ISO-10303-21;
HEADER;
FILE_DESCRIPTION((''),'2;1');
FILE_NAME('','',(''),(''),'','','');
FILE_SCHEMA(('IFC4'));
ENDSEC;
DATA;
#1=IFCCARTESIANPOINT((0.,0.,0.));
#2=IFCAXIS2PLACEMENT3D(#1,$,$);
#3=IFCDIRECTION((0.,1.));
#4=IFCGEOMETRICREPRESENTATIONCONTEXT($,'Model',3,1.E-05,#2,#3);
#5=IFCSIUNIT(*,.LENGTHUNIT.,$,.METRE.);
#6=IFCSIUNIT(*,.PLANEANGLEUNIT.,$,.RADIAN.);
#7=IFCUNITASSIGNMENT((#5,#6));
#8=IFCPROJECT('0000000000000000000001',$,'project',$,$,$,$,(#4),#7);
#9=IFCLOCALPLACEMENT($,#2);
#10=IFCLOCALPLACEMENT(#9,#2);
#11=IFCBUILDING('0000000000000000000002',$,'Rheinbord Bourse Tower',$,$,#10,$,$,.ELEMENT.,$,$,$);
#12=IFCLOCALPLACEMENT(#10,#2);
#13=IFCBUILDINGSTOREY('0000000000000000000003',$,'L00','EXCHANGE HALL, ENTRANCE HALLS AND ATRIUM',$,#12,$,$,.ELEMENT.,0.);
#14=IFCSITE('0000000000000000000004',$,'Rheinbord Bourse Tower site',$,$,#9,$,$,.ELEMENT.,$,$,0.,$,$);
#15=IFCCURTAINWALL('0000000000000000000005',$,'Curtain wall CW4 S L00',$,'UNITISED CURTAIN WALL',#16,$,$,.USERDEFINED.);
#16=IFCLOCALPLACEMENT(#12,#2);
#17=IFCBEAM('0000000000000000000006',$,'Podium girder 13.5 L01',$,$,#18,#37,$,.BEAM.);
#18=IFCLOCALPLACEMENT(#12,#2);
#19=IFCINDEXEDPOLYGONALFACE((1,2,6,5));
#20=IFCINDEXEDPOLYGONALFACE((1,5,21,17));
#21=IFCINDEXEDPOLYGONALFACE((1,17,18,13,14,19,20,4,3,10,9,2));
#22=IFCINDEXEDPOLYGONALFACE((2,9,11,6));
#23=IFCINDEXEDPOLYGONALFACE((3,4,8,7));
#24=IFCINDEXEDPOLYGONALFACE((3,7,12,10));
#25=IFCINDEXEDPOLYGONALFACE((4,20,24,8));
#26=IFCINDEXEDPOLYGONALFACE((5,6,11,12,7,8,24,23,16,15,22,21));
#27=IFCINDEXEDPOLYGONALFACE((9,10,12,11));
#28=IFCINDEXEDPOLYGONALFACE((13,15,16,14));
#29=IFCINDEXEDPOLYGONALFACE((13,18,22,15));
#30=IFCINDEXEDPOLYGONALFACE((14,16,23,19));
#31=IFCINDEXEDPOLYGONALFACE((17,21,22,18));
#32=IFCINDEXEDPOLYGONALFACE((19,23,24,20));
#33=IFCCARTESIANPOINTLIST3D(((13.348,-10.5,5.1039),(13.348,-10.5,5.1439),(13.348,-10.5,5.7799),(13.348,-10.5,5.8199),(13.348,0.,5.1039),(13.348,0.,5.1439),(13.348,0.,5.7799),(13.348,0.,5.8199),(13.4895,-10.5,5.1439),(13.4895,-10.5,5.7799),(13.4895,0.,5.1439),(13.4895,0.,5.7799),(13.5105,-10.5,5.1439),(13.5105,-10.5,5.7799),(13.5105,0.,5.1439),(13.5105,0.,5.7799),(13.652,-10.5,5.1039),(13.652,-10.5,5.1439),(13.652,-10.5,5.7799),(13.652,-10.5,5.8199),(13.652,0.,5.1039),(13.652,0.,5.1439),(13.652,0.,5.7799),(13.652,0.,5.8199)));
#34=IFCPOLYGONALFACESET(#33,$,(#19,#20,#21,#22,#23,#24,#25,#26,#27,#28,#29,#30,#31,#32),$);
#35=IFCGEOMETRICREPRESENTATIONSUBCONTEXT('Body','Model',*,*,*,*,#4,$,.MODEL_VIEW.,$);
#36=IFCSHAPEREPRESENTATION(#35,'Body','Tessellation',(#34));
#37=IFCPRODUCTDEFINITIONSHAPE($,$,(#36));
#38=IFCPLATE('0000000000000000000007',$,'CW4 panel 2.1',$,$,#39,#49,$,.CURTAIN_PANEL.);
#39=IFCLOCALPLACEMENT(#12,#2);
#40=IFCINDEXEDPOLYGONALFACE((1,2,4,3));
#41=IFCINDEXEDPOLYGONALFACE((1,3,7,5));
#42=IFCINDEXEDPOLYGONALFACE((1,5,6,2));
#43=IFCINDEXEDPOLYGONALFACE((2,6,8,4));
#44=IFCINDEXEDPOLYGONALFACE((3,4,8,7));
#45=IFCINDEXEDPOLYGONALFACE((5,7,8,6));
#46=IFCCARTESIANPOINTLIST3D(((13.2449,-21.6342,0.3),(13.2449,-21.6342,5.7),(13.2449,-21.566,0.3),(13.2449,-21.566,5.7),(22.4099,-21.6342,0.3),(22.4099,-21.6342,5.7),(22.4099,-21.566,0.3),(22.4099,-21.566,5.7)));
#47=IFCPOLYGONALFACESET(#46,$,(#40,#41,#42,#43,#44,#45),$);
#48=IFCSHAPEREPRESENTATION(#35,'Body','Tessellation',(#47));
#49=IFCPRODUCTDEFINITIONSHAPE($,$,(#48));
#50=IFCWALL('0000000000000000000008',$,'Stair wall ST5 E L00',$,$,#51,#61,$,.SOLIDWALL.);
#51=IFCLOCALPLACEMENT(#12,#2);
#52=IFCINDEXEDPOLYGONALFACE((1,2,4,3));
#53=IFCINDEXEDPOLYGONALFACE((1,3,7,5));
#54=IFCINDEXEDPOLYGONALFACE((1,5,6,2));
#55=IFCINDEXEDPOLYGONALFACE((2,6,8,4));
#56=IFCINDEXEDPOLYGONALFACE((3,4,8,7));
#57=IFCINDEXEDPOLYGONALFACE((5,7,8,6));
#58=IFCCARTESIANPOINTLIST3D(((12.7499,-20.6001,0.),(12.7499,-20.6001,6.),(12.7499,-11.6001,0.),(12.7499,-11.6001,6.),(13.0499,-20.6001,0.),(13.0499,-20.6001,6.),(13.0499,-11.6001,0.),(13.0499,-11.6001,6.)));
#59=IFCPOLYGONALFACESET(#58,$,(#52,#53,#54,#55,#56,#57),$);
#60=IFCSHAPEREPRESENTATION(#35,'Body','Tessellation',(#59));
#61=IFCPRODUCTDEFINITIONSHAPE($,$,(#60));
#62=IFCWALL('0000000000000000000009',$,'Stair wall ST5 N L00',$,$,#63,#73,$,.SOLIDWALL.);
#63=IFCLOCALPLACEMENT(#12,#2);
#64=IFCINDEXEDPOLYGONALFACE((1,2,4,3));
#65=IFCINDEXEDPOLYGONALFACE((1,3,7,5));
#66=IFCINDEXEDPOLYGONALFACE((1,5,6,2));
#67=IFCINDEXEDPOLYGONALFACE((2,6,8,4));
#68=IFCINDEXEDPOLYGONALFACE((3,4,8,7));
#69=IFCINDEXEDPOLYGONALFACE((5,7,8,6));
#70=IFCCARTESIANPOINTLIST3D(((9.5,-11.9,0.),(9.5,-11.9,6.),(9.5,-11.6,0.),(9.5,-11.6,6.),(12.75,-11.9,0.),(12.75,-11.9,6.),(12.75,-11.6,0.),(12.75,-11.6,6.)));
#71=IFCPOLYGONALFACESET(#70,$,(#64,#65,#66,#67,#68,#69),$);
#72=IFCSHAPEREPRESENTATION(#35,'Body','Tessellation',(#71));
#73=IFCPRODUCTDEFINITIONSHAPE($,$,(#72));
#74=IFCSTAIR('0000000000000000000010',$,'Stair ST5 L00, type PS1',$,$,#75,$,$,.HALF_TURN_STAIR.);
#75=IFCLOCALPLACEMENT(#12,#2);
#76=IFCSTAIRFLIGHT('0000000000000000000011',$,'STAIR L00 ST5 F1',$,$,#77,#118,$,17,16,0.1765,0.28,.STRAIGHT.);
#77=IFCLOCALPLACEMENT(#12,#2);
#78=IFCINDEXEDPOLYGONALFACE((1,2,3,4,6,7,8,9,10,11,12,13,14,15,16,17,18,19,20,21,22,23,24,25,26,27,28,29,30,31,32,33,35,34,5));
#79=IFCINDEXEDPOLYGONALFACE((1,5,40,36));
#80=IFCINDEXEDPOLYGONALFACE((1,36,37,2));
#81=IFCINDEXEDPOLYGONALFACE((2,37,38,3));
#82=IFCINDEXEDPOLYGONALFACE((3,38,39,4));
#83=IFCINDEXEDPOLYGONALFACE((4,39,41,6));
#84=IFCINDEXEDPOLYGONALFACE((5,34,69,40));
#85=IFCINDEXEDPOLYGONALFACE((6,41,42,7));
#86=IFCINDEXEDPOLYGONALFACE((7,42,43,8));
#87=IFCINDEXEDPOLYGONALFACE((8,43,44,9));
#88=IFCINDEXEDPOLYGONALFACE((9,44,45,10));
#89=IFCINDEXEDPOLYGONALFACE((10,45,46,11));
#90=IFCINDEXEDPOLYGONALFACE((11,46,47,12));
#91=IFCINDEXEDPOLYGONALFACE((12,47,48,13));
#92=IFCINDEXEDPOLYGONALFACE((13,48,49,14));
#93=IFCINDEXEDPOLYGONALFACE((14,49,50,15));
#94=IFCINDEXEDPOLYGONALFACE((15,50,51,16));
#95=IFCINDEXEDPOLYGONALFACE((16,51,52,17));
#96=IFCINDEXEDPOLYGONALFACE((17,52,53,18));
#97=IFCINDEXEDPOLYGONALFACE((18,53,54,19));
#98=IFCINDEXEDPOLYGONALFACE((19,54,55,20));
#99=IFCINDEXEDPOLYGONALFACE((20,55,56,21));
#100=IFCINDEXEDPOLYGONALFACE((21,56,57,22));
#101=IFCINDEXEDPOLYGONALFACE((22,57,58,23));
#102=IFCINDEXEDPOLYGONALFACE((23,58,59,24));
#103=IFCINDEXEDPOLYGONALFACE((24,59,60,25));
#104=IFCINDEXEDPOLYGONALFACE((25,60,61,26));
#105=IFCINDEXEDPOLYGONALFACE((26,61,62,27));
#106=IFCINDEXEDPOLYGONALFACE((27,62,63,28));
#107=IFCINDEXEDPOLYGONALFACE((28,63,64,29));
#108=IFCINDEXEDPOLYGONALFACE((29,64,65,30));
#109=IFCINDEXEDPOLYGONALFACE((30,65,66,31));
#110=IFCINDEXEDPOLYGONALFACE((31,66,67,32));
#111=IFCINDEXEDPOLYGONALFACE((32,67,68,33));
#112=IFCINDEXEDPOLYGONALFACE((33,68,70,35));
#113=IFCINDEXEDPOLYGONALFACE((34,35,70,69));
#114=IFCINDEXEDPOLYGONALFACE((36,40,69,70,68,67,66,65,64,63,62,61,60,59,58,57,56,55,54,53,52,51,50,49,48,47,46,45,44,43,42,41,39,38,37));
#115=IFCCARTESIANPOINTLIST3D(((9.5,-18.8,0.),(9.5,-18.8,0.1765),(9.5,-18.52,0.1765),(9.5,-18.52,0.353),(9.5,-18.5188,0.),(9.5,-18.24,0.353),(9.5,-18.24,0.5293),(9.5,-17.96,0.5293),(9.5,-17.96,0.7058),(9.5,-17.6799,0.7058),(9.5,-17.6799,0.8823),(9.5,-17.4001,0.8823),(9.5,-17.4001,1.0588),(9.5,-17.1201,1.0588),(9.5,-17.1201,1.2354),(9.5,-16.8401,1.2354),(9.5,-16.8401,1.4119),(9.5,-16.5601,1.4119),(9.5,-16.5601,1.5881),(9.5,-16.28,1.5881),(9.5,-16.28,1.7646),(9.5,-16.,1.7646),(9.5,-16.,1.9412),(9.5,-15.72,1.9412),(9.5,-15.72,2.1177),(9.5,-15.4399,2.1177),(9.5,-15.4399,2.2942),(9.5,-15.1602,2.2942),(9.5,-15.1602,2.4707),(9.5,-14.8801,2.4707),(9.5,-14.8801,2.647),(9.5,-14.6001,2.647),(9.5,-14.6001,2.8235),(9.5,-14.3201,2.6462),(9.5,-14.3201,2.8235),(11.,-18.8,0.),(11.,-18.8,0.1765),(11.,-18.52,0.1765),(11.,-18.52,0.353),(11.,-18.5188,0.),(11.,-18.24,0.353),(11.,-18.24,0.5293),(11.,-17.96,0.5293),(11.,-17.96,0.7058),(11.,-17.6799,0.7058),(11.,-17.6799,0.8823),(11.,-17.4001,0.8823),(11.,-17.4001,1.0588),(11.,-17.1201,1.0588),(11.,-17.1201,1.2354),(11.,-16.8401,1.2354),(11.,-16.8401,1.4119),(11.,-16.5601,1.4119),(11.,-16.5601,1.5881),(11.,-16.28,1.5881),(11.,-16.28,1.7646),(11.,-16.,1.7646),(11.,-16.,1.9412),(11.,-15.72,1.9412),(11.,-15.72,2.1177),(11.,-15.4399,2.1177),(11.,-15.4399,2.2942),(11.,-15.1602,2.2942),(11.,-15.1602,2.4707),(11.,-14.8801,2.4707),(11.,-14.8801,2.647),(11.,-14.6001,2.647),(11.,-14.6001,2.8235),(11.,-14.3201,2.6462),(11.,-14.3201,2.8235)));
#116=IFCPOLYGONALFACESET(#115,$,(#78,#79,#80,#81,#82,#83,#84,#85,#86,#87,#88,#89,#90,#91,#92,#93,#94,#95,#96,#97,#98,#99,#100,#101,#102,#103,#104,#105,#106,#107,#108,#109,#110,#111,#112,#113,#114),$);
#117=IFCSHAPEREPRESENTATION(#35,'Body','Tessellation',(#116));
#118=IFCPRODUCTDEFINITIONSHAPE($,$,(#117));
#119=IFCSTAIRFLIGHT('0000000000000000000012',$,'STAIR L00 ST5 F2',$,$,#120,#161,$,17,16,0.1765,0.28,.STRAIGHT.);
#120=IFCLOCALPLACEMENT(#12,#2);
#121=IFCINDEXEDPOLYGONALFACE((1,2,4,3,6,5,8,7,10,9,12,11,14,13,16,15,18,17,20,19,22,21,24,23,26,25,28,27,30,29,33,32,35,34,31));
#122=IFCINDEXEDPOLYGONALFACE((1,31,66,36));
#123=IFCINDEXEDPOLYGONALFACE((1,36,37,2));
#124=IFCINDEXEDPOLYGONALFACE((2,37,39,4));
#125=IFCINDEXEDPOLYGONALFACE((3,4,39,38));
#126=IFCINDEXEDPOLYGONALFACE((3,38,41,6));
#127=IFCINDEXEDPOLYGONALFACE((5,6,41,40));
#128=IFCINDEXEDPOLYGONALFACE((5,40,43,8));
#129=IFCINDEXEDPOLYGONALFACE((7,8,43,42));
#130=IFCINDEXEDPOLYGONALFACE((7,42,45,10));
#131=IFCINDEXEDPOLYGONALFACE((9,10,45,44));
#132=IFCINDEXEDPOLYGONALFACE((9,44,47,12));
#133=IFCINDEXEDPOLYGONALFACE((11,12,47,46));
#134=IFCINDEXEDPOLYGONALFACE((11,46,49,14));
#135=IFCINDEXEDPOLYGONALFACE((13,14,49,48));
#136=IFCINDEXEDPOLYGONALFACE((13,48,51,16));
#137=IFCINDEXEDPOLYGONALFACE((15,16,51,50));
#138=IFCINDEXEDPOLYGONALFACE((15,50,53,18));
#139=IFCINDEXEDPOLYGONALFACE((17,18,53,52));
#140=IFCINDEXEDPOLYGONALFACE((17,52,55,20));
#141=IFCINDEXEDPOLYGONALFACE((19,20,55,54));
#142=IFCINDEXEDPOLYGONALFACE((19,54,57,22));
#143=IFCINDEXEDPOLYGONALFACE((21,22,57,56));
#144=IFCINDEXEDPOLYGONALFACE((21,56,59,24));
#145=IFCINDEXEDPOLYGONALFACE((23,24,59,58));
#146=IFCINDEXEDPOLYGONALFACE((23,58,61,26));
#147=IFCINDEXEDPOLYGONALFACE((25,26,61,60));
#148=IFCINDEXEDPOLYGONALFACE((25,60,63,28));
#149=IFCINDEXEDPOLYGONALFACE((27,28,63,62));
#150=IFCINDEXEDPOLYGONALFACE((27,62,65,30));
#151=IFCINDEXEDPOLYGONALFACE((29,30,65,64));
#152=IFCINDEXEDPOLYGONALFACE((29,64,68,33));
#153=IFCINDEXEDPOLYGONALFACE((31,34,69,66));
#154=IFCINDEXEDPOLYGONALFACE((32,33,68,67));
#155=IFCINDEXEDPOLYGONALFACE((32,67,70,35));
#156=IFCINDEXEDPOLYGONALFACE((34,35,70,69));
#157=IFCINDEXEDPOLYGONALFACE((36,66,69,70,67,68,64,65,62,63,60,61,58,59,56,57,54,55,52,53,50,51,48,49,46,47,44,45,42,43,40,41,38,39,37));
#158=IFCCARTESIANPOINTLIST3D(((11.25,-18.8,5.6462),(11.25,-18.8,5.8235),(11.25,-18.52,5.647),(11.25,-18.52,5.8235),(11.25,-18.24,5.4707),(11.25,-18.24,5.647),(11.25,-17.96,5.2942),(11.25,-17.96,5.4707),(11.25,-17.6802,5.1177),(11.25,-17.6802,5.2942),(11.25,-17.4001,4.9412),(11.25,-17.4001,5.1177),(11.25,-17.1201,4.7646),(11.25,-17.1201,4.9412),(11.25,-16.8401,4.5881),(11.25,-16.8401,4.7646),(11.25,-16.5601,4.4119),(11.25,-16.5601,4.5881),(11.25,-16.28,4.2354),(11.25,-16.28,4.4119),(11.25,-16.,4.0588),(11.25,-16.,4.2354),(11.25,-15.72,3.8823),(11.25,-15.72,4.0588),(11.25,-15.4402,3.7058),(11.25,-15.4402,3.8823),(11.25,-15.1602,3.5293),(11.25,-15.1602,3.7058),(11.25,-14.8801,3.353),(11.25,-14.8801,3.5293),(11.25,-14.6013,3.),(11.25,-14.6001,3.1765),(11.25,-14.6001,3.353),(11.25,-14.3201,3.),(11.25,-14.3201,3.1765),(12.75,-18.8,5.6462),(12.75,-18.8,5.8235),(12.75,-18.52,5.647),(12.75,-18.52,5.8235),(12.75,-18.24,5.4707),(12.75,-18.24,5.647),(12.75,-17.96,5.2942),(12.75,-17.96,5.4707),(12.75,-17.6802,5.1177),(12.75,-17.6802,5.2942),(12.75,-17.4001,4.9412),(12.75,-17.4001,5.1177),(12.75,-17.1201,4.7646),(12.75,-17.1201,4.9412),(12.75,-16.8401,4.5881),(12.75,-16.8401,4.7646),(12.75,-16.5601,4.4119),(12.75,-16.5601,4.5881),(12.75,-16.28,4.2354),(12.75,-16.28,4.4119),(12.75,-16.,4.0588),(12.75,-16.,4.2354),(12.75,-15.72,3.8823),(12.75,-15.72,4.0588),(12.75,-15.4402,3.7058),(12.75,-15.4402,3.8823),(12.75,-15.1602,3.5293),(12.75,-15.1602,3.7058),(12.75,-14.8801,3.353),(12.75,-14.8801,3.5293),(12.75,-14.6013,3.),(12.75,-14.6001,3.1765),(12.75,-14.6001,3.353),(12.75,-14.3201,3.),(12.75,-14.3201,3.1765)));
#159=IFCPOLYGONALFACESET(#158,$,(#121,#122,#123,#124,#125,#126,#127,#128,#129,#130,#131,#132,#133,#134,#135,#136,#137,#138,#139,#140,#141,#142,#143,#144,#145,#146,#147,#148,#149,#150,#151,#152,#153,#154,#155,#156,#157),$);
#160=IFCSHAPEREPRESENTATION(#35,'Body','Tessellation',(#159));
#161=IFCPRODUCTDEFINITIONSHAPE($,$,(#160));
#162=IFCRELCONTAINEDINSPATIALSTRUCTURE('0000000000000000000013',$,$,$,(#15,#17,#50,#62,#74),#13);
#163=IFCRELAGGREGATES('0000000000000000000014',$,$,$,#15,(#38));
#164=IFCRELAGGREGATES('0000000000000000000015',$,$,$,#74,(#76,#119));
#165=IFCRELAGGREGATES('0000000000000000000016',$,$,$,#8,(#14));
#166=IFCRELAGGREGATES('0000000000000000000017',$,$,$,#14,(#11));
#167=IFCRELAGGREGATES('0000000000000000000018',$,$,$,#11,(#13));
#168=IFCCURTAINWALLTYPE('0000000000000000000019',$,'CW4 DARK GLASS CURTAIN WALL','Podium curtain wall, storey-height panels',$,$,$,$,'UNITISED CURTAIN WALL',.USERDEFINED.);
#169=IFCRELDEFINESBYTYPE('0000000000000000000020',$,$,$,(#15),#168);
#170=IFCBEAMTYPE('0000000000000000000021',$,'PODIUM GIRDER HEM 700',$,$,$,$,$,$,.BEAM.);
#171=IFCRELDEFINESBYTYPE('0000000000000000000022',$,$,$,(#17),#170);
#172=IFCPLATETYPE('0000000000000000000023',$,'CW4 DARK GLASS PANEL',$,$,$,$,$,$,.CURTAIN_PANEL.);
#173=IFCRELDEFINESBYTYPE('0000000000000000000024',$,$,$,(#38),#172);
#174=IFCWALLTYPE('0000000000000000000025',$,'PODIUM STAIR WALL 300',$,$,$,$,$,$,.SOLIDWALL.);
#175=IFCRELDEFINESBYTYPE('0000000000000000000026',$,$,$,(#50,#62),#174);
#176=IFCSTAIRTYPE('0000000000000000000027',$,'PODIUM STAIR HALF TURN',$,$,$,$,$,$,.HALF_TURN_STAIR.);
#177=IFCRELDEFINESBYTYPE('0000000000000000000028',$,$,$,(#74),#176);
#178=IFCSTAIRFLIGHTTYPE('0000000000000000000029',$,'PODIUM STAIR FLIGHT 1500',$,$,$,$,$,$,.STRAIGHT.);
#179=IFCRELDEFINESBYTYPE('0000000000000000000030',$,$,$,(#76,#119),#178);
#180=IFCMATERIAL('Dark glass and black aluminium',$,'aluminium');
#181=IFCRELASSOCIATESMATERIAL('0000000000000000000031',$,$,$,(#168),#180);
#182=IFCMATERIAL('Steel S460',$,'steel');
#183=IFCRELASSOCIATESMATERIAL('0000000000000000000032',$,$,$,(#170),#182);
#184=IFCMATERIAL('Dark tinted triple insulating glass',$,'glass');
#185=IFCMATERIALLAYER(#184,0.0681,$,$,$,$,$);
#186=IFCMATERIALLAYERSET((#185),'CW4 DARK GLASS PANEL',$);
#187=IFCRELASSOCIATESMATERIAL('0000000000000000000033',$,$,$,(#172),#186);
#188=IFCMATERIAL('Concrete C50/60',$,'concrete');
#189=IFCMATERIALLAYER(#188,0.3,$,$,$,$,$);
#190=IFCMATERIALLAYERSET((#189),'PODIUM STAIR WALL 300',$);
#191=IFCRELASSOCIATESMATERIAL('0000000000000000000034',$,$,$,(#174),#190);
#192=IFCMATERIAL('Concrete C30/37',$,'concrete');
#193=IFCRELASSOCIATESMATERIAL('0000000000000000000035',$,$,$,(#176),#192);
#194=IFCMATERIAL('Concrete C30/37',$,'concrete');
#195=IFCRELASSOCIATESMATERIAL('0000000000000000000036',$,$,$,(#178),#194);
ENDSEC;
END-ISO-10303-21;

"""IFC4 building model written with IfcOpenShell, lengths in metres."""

from ifc_helpers import new_model, si_unit, direction, frame, frame_2d, origin, origin_2d, place, context, subcontext, project, spatial, polyline, rectangle, i_section, outline, extrude, material, layer, layer_set, material_profile, profile_set, type_object, element, aggregate, save


model = new_model("IFC4")

# Units and contexts
model_context = context("Model", 3, precision=1e-05, world=origin(), true_north=direction((0.0, 1.0)))
body_context = subcontext(model_context, "Body", "Model", "MODEL_VIEW")
ifc_project = project(units=[si_unit("LENGTHUNIT", "METRE"), si_unit("PLANEANGLEUNIT", "RADIAN")], contexts=[model_context])

# Site, building, storey
site_placement = place(None, origin())
site = spatial("IfcSite", under=ifc_project, at=site_placement, Name="Rheinbord Bourse Tower site", CompositionType="ELEMENT", RefElevation=0.0)
building_placement = place(site_placement, origin())
building = spatial("IfcBuilding", under=site, at=building_placement, Name="Rheinbord Bourse Tower", CompositionType="ELEMENT")
storey_placement = place(building_placement, origin())
storey = spatial("IfcBuildingStorey", under=building, at=storey_placement, Name="L00", Description="EXCHANGE HALL, ENTRANCE HALLS AND ATRIUM", CompositionType="ELEMENT", Elevation=0.0)

# Curtain wall
ifc_material_1 = material(Name="Dark glass and black aluminium", Category="aluminium")
curtain_wall_type = type_object("IfcCurtainWallType", Name="CW4 DARK GLASS CURTAIN WALL", Description="Podium curtain wall, storey-height panels", ElementType="UNITISED CURTAIN WALL", PredefinedType="USERDEFINED", material=ifc_material_1)
curtain_wall_placement = place(storey_placement, origin())
curtain_wall = element("IfcCurtainWall", 1, at=curtain_wall_placement, inside=storey, type_object=curtain_wall_type, Name="Curtain wall CW4 S L00", ObjectType="UNITISED CURTAIN WALL", PredefinedType="USERDEFINED")

# Beam
ifc_material_2 = material(Name="Steel S460", Category="steel")
ifc_material_profile_1 = material_profile(ifc_material_2, i_section(OverallWidth=0.304, OverallDepth=0.7161, WebThickness=0.021, FlangeThickness=0.04, at=origin_2d()), Name="HEM 700")
ifc_profile_set_1 = profile_set([ifc_material_profile_1], Name="Steel S460")
beam_type_1 = type_object("IfcBeamType", Name="PODIUM GIRDER HEM 700", PredefinedType="BEAM", material=ifc_profile_set_1)
for number, where, z_axis, x_axis, name in (
    (2, (13.5, -10.5, 5.4619), (0.0, 1.0, 0.0), (-1.0, 0.0, 0.0), "Podium girder 13.5 L01"),
):
    element("IfcBeam", number, at=place(storey_placement, frame(where, z_axis=z_axis, x_axis=x_axis)), inside=storey, type_object=beam_type_1, Name=name, PredefinedType="BEAM", context=body_context, shape_type="SweptSolid", body=[
        extrude(i_section(OverallWidth=0.304, OverallDepth=0.7161, WebThickness=0.021, FlangeThickness=0.04, at=origin_2d()), origin(), (0.0, 0.0, 1.0), 10.5),
    ])

# Plate
ifc_material_3 = material(Name="Dark tinted triple insulating glass", Category="glass")
ifc_layer_1 = layer(ifc_material_3, 0.0681)
ifc_layer_set_1 = layer_set([ifc_layer_1], Name="CW4 DARK GLASS PANEL")
plate_type = type_object("IfcPlateType", Name="CW4 DARK GLASS PANEL", PredefinedType="CURTAIN_PANEL", material=ifc_layer_set_1)
plate_placement = place(storey_placement, frame((17.8274, -21.6001, 0.3), z_axis=(0.0, 0.0, 1.0), x_axis=(1.0, 0.0, 0.0)))
plate = element("IfcPlate", 3, at=plate_placement, type_object=plate_type, Name="CW4 panel 2.1", PredefinedType="CURTAIN_PANEL", context=body_context, shape_type="SweptSolid", body=[
    extrude(rectangle(XDim=9.165, YDim=0.0681, at=origin_2d()), origin(), (0.0, 0.0, 1.0), 5.3999),
])
aggregate(curtain_wall, [plate])

# Walls
ifc_material_4 = material(Name="Concrete C50/60", Category="concrete")
ifc_layer_2 = layer(ifc_material_4, 0.3)
ifc_layer_set_2 = layer_set([ifc_layer_2], Name="PODIUM STAIR WALL 300")
wall_type = type_object("IfcWallType", Name="PODIUM STAIR WALL 300", PredefinedType="SOLIDWALL", material=ifc_layer_set_2)
wall_1_placement = place(storey_placement, frame((12.8999, -20.6001, 0.0), z_axis=(0.0, 0.0, 1.0), x_axis=(0.0, 1.0, 0.0)))
element("IfcWall", 4, at=wall_1_placement, inside=storey, type_object=wall_type, Name="Stair wall ST5 E L00", PredefinedType="SOLIDWALL", context=body_context, shape_type="SweptSolid", body=[
    extrude(rectangle(XDim=9.0, YDim=0.3, at=frame_2d((4.5, 0.0))), origin(), (0.0, 0.0, 1.0), 6.0),
])
wall_2_placement = place(storey_placement, frame((9.5, -11.75, 0.0), z_axis=(0.0, 0.0, 1.0), x_axis=(1.0, 0.0, 0.0)))
element("IfcWall", 5, at=wall_2_placement, inside=storey, type_object=wall_type, Name="Stair wall ST5 N L00", PredefinedType="SOLIDWALL", context=body_context, shape_type="SweptSolid", body=[
    extrude(rectangle(XDim=3.25, YDim=0.3, at=frame_2d((1.625, 0.0))), origin(), (0.0, 0.0, 1.0), 6.0),
])

# Stair, stair flights
ifc_material_5 = material(Name="Concrete C30/37", Category="concrete")
stair_type = type_object("IfcStairType", Name="PODIUM STAIR HALF TURN", PredefinedType="HALF_TURN_STAIR", material=ifc_material_5)
stair_placement = place(storey_placement, origin())
stair = element("IfcStair", 6, at=stair_placement, inside=storey, type_object=stair_type, Name="Stair ST5 L00, type PS1", PredefinedType="HALF_TURN_STAIR")
ifc_material_6 = material(Name="Concrete C30/37", Category="concrete")
stair_flight_type = type_object("IfcStairFlightType", Name="PODIUM STAIR FLIGHT 1500", PredefinedType="STRAIGHT", material=ifc_material_6)
stair_flight_1_placement = place(storey_placement, frame((10.25, -18.8, 0.0), z_axis=(0.0, 0.0, 1.0), x_axis=(0.0, 1.0, 0.0)))
stair_flight_1 = element("IfcStairFlight", 7, at=stair_flight_1_placement, type_object=stair_flight_type, Name="STAIR L00 ST5 F1", NumberOfRisers=17, NumberOfTreads=16, PredefinedType="STRAIGHT", RiserHeight=0.1765, TreadLength=0.28, context=body_context, shape_type="SweptSolid", body=[
    extrude(outline(polyline([(0.0, 0.0), (0.0, 0.1765), (0.28, 0.1765), (0.28, 0.353), (0.5601, 0.353), (0.5601, 0.5293), (0.8401, 0.5293), (0.8401, 0.7058), (1.1201, 0.7058), (1.1201, 0.8823), (1.3999, 0.8823), (1.3999, 1.0588), (1.6799, 1.0588), (1.6799, 1.2354), (1.96, 1.2354), (1.96, 1.4119), (2.24, 1.4119), (2.24, 1.5881), (2.52, 1.5881), (2.52, 1.7646), (2.8, 1.7646), (2.8, 1.9412), (3.0801, 1.9412), (3.0801, 2.1177), (3.3601, 2.1177), (3.3601, 2.2942), (3.6399, 2.2942), (3.6399, 2.4707), (3.9199, 2.4707), (3.9199, 2.647), (4.2, 2.647), (4.2, 2.8235), (4.48, 2.8235), (4.48, 3.0), (4.48, 2.6462), (0.2812, 0.0), (0.0, 0.0)])), frame((0.0, 0.75, 0.0), z_axis=(0.0, -1.0, 0.0), x_axis=(1.0, 0.0, 0.0)), (0.0, 0.0, 1.0), 1.5),
])
stair_flight_2_placement = place(storey_placement, frame((12.0, -14.3201, 3.0), z_axis=(0.0, 0.0, 1.0), x_axis=(0.0, -1.0, 0.0)))
stair_flight_2 = element("IfcStairFlight", 8, at=stair_flight_2_placement, type_object=stair_flight_type, Name="STAIR L00 ST5 F2", NumberOfRisers=17, NumberOfTreads=16, PredefinedType="STRAIGHT", RiserHeight=0.1765, TreadLength=0.28, context=body_context, shape_type="SweptSolid", body=[
    extrude(outline(polyline([(0.0, 0.0), (0.0, 0.1765), (0.28, 0.1765), (0.28, 0.353), (0.5601, 0.353), (0.5601, 0.5293), (0.8401, 0.5293), (0.8401, 0.7058), (1.1201, 0.7058), (1.1201, 0.8823), (1.3999, 0.8823), (1.3999, 1.0588), (1.6799, 1.0588), (1.6799, 1.2354), (1.96, 1.2354), (1.96, 1.4119), (2.24, 1.4119), (2.24, 1.5881), (2.52, 1.5881), (2.52, 1.7646), (2.8, 1.7646), (2.8, 1.9412), (3.0801, 1.9412), (3.0801, 2.1177), (3.3601, 2.1177), (3.3601, 2.2942), (3.6399, 2.2942), (3.6399, 2.4707), (3.9199, 2.4707), (3.9199, 2.647), (4.2, 2.647), (4.2, 2.8235), (4.48, 2.8235), (4.48, 3.0), (4.48, 2.6462), (0.2812, 0.0), (0.0, 0.0)])), frame((0.0, 0.75, 0.0), z_axis=(0.0, -1.0, 0.0), x_axis=(1.0, 0.0, 0.0)), (0.0, 0.0, 1.0), 1.5),
])
aggregate(stair, [stair_flight_1, stair_flight_2])

save(model, "model.ifc")
